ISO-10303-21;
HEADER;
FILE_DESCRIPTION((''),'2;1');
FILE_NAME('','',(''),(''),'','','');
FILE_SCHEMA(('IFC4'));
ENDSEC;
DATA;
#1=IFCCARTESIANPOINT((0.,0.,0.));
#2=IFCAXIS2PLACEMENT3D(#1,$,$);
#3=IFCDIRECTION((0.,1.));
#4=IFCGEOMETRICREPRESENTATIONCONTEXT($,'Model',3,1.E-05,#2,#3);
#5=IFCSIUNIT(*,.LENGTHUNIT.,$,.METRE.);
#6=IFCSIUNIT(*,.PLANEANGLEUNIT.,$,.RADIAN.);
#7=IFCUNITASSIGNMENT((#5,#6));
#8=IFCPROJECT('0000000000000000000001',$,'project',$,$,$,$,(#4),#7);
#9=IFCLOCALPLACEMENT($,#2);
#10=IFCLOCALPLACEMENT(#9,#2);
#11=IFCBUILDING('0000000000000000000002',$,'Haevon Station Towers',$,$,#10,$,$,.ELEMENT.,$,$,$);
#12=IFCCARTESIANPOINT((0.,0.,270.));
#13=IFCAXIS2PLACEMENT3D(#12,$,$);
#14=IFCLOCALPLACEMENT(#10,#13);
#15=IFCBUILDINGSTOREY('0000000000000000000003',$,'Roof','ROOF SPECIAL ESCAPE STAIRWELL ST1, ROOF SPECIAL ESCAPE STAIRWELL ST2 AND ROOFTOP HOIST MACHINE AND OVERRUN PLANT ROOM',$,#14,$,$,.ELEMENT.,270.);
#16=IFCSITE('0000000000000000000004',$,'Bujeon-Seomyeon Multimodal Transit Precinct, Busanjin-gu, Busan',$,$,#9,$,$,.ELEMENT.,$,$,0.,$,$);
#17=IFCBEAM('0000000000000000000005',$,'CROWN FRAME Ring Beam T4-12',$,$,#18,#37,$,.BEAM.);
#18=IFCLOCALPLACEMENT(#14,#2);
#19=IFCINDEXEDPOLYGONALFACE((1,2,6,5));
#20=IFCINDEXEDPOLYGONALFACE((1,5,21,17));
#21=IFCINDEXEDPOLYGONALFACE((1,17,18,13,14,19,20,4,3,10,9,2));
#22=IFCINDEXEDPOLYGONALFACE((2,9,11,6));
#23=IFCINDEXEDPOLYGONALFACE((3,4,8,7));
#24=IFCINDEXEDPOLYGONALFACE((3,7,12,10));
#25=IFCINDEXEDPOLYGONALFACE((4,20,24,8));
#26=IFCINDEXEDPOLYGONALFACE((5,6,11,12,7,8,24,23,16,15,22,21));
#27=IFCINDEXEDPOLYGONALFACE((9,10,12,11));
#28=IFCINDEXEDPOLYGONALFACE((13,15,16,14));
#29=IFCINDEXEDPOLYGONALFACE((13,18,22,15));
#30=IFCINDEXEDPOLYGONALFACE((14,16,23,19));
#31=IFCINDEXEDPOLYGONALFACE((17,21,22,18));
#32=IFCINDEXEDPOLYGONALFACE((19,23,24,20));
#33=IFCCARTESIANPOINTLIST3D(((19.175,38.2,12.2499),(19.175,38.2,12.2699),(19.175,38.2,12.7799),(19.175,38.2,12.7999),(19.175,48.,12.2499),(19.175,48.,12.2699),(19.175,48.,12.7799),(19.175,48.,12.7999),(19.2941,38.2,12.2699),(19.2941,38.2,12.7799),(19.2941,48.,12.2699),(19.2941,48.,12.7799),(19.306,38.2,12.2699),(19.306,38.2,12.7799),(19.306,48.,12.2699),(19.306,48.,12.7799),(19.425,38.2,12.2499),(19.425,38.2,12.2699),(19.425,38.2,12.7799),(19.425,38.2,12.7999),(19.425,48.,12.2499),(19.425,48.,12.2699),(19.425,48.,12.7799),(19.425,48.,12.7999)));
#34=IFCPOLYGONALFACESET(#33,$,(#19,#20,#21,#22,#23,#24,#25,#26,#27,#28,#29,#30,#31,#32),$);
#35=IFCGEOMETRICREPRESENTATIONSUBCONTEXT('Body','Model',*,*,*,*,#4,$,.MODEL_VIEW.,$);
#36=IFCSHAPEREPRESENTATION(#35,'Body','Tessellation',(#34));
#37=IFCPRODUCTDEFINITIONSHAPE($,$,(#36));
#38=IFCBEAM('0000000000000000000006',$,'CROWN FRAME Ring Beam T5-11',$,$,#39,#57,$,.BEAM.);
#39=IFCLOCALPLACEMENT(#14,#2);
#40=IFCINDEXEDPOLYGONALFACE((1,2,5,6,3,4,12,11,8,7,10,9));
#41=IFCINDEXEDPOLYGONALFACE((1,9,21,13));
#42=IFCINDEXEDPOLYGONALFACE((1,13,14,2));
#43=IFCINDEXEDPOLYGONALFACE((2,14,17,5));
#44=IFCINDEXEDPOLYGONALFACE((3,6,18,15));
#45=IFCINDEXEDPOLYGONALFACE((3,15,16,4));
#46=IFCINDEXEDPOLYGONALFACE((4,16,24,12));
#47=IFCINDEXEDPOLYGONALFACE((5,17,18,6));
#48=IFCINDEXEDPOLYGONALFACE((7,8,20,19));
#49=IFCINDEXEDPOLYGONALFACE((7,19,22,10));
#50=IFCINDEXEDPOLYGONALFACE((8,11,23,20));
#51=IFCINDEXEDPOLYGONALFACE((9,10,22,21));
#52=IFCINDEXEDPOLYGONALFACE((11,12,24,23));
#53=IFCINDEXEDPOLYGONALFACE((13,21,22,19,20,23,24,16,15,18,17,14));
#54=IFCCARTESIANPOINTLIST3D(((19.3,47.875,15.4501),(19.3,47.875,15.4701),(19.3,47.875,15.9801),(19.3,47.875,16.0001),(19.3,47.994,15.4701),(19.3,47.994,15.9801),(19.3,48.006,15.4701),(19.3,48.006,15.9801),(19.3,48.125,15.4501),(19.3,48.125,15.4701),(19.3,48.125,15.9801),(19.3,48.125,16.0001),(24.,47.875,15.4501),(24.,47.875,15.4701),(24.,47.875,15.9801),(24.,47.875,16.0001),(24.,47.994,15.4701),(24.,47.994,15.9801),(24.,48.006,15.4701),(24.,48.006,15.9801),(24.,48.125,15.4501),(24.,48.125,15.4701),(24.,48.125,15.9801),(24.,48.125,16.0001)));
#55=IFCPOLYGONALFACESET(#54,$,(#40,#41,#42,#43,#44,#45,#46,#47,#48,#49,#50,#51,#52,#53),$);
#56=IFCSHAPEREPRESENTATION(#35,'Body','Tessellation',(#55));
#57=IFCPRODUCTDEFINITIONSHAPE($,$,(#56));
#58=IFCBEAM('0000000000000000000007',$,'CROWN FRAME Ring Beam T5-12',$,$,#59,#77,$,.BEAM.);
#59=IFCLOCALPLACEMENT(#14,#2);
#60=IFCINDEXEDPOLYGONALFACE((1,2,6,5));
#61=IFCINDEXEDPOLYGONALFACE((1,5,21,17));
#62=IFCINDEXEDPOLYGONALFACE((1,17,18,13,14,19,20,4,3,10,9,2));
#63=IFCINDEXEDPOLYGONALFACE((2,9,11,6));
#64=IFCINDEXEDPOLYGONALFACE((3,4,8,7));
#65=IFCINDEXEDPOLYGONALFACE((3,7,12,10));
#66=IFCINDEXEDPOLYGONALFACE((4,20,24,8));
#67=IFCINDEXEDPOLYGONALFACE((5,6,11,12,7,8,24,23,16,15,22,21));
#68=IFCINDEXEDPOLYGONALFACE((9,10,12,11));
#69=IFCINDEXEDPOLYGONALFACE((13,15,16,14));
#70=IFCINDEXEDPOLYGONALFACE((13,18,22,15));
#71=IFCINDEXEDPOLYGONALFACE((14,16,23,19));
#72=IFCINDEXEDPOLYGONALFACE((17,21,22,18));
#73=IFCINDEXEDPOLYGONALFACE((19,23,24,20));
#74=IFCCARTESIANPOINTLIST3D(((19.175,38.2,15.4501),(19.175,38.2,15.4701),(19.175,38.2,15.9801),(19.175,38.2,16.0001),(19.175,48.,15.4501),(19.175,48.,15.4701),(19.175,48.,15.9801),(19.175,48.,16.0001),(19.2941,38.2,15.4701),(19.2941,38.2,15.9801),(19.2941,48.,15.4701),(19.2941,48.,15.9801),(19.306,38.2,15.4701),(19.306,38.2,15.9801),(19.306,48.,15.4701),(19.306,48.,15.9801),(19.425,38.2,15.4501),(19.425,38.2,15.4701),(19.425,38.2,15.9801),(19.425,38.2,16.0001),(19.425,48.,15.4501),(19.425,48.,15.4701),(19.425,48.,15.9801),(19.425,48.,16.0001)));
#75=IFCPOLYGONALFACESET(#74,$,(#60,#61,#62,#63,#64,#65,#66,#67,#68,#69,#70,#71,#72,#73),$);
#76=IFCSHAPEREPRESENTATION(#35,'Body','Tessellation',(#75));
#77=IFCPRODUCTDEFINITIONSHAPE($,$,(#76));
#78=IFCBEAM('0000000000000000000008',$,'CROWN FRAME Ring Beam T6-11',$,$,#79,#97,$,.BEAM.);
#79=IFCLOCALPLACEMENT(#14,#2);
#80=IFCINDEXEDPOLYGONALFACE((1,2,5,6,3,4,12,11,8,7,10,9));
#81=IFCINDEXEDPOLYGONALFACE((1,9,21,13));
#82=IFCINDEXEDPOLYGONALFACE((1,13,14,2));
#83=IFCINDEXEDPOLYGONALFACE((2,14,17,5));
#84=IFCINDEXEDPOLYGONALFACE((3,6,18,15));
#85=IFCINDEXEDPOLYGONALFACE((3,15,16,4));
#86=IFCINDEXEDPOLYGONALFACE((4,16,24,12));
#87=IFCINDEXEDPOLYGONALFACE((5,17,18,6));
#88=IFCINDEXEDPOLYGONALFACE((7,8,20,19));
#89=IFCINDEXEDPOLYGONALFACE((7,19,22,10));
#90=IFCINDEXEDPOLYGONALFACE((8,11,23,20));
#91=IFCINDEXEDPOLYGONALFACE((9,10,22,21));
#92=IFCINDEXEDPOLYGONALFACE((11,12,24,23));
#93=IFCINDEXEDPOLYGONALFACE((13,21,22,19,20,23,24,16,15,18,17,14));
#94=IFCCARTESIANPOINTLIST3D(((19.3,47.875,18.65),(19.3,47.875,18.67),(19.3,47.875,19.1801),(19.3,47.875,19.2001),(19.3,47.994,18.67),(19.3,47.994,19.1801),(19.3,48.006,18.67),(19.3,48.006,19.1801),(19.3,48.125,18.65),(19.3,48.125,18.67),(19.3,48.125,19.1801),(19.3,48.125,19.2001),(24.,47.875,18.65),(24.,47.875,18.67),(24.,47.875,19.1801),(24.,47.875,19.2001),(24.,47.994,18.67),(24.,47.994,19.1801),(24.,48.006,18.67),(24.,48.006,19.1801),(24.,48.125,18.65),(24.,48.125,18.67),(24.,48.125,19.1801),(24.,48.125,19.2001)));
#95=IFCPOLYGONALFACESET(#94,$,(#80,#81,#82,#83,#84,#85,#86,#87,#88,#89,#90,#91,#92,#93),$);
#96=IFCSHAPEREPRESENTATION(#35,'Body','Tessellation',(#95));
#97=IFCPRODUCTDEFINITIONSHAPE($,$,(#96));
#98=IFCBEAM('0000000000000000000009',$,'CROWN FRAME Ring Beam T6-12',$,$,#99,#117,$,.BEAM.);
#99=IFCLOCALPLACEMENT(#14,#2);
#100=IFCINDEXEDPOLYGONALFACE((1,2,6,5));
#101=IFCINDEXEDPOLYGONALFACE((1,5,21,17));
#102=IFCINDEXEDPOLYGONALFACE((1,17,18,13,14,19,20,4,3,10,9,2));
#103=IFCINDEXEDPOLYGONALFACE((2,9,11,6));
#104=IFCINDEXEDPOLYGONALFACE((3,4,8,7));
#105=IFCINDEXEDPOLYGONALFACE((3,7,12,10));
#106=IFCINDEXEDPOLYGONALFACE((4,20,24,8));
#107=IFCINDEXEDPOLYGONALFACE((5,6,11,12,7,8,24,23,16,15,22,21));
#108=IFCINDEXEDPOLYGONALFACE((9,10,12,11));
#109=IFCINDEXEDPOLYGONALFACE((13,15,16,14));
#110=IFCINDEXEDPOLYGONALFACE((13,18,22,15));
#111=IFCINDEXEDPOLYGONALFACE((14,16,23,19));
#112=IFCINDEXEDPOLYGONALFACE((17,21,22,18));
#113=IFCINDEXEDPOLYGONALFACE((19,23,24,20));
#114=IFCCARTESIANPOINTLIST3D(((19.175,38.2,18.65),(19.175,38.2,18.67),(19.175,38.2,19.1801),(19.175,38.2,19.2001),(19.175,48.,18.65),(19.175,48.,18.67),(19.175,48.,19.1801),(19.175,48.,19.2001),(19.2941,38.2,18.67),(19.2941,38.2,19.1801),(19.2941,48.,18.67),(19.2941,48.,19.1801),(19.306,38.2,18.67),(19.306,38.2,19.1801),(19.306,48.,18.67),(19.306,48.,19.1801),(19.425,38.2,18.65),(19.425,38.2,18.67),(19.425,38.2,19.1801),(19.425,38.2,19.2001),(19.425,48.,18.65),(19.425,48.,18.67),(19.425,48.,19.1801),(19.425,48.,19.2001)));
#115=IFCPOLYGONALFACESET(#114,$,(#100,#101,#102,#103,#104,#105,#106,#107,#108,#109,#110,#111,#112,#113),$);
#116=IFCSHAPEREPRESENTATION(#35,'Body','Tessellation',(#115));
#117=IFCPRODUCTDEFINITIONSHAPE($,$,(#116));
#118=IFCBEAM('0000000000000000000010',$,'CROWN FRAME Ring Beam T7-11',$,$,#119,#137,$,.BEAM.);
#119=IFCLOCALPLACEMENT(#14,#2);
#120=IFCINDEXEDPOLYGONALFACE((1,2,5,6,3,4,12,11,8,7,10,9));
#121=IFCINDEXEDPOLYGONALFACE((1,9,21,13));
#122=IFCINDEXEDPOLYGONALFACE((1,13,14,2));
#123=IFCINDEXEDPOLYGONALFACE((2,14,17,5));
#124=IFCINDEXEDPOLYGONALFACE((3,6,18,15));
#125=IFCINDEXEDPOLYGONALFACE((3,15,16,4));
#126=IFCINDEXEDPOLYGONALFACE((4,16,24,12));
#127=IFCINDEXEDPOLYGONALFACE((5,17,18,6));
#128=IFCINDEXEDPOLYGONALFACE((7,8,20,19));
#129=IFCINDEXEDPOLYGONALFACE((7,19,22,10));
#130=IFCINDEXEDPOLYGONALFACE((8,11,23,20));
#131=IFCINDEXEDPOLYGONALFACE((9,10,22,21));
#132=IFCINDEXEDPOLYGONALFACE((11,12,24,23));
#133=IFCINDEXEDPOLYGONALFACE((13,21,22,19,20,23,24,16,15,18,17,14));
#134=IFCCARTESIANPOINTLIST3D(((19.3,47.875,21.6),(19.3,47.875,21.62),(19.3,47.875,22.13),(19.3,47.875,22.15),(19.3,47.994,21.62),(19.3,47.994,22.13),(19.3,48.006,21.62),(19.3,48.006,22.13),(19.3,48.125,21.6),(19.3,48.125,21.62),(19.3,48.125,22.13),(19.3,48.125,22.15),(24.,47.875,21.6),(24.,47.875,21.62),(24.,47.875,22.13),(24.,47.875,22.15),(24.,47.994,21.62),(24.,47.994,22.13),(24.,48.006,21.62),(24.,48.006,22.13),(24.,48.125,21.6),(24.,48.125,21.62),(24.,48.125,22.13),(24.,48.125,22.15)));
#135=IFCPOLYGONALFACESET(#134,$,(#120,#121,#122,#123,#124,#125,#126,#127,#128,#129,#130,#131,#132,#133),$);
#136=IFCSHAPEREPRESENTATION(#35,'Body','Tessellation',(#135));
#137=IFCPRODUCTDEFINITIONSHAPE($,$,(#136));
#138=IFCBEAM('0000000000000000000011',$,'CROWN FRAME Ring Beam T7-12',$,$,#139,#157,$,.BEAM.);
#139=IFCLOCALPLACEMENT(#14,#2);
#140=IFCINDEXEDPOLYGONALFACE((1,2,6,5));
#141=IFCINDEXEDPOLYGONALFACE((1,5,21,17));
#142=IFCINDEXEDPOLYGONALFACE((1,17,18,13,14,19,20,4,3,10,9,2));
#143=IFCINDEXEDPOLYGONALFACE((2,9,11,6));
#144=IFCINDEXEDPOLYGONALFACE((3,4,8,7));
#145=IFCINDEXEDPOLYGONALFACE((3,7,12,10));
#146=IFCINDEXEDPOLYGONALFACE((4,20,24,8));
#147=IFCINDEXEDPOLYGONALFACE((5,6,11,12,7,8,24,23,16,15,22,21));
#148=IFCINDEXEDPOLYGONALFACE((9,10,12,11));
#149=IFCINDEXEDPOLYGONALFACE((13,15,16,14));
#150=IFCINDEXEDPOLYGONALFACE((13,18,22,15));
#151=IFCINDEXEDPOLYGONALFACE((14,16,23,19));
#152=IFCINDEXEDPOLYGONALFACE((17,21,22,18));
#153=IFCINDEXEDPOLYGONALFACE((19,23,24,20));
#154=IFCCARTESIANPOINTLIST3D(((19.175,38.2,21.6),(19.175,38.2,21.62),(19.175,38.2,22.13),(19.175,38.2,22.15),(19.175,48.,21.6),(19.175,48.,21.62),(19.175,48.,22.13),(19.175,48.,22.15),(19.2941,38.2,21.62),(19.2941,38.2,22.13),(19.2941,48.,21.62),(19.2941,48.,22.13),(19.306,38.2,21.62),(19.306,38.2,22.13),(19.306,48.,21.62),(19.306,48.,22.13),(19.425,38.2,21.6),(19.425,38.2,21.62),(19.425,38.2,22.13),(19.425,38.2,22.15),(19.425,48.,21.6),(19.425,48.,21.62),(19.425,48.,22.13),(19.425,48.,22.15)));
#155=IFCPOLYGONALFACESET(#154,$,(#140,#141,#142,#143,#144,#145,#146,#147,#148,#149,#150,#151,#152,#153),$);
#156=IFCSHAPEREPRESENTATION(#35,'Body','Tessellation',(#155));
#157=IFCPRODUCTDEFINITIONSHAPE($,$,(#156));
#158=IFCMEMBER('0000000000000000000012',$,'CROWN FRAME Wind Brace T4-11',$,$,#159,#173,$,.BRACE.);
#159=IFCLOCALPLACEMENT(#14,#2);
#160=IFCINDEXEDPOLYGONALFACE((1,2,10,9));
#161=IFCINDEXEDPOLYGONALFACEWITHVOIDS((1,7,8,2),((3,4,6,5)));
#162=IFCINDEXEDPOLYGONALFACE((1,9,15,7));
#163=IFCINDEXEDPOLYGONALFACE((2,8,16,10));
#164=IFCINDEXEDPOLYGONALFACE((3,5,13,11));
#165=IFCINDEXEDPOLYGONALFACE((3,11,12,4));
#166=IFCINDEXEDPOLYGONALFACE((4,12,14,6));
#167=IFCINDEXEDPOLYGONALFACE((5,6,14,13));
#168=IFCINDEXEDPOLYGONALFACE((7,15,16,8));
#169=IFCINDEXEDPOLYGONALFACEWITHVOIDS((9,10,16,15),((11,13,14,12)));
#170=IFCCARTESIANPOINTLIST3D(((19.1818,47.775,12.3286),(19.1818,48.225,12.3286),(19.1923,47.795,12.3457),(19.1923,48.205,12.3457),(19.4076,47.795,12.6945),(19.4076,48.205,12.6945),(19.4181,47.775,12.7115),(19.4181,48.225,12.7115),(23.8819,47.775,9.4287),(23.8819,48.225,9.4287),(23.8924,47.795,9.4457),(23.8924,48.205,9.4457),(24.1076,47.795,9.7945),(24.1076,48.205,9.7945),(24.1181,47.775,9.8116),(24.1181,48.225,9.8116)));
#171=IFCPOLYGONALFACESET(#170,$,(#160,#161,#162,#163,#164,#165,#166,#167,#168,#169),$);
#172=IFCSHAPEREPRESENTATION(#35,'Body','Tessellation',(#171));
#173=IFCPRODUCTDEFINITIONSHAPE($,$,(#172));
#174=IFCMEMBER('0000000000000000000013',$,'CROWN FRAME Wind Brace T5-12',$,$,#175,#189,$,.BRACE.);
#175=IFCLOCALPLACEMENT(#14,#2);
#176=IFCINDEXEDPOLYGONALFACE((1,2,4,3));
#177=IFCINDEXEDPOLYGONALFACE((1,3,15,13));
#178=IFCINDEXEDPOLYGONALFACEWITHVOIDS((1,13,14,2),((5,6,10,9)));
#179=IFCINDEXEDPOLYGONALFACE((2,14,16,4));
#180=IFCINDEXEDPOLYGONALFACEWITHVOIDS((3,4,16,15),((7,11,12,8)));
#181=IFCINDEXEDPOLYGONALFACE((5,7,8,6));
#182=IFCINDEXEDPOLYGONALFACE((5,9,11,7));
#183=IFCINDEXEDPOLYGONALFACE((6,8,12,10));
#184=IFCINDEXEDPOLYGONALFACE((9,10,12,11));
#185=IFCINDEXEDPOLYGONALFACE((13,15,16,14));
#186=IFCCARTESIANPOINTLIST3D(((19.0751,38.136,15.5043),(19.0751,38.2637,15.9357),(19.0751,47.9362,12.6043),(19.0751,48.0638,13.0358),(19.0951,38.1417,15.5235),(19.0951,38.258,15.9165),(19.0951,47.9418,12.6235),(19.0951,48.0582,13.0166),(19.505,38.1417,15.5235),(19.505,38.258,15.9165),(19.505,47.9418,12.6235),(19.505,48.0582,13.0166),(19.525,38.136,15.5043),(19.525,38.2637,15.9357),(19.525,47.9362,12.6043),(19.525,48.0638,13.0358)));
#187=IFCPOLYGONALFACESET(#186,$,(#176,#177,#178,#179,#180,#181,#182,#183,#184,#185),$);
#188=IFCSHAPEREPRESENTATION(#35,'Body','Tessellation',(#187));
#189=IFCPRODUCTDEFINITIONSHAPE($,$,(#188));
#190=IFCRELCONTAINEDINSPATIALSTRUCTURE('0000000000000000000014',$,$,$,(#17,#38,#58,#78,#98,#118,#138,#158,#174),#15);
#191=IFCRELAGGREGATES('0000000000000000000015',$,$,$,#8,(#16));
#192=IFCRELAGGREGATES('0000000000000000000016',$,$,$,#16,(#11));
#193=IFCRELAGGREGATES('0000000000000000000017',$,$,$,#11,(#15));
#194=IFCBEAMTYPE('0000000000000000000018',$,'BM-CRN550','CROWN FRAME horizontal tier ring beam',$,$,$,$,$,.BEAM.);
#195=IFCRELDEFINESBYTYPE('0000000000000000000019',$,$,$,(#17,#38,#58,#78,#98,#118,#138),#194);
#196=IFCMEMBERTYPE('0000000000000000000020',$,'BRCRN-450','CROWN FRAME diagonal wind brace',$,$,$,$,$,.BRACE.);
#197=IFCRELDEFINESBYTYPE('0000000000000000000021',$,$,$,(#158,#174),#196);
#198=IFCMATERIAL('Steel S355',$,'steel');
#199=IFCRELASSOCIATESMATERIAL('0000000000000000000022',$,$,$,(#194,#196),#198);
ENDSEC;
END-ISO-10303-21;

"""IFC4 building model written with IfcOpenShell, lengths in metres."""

from ifc_helpers import new_model, si_unit, direction, frame, origin, origin_2d, place, context, subcontext, project, spatial, hollow_rectangle, i_section, extrude, material, material_profile, profile_set, type_object, element, save


model = new_model("IFC4")

# Units and contexts
model_context = context("Model", 3, precision=1e-05, world=origin(), true_north=direction((0.0, 1.0)))
body_context = subcontext(model_context, "Body", "Model", "MODEL_VIEW")
ifc_project = project(units=[si_unit("LENGTHUNIT", "METRE"), si_unit("PLANEANGLEUNIT", "RADIAN")], contexts=[model_context])

# Site, building, storey
site_placement = place(None, origin())
site = spatial("IfcSite", under=ifc_project, at=site_placement, Name="Bujeon-Seomyeon Multimodal Transit Precinct, Busanjin-gu, Busan", CompositionType="ELEMENT", RefElevation=0.0)
building_placement = place(site_placement, origin())
building = spatial("IfcBuilding", under=site, at=building_placement, Name="Haevon Station Towers", CompositionType="ELEMENT")
storey_placement = place(building_placement, frame((0.0, 0.0, 270.0)))
storey = spatial("IfcBuildingStorey", under=building, at=storey_placement, Name="Roof", Description="ROOF SPECIAL ESCAPE STAIRWELL ST1, ROOF SPECIAL ESCAPE STAIRWELL ST2 AND ROOFTOP HOIST MACHINE AND OVERRUN PLANT ROOM", CompositionType="ELEMENT", Elevation=270.0)

# Shared definitions
ifc_material_1 = material(Name="Steel S355", Category="steel")

# Beams
ifc_material_profile_1 = material_profile(ifc_material_1, i_section(OverallWidth=0.25, OverallDepth=0.55, WebThickness=0.012, FlangeThickness=0.02, at=origin_2d()), Name="H-550x250x12x20")
ifc_profile_set_1 = profile_set([ifc_material_profile_1], Name="Steel S355")
beam_type = type_object("IfcBeamType", Name="BM-CRN550", Description="CROWN FRAME horizontal tier ring beam", PredefinedType="BEAM", material=ifc_profile_set_1)
beam_1_placement = place(storey_placement, frame((19.3, 48.0, 12.5249), z_axis=(0.0, -1.0, 0.0), x_axis=(1.0, 0.0, 0.0)))
element("IfcBeam", 1, at=beam_1_placement, inside=storey, type_object=beam_type, Name="CROWN FRAME Ring Beam T4-12", PredefinedType="BEAM", context=body_context, shape_type="SweptSolid", body=[
    extrude(i_section(OverallWidth=0.25, OverallDepth=0.55, WebThickness=0.012, FlangeThickness=0.02, at=origin_2d()), origin(), (0.0, 0.0, 1.0), 9.8),
])
beam_2_placement = place(storey_placement, frame((24.0, 48.0, 15.7251), z_axis=(-1.0, 0.0, 0.0), x_axis=(0.0, -1.0, 0.0)))
element("IfcBeam", 2, at=beam_2_placement, inside=storey, type_object=beam_type, Name="CROWN FRAME Ring Beam T5-11", PredefinedType="BEAM", context=body_context, shape_type="SweptSolid", body=[
    extrude(i_section(OverallWidth=0.25, OverallDepth=0.55, WebThickness=0.012, FlangeThickness=0.02, at=origin_2d()), origin(), (0.0, 0.0, 1.0), 4.7),
])
beam_3_placement = place(storey_placement, frame((19.3, 48.0, 15.7251), z_axis=(0.0, -1.0, 0.0), x_axis=(1.0, 0.0, 0.0)))
element("IfcBeam", 3, at=beam_3_placement, inside=storey, type_object=beam_type, Name="CROWN FRAME Ring Beam T5-12", PredefinedType="BEAM", context=body_context, shape_type="SweptSolid", body=[
    extrude(i_section(OverallWidth=0.25, OverallDepth=0.55, WebThickness=0.012, FlangeThickness=0.02, at=origin_2d()), origin(), (0.0, 0.0, 1.0), 9.8),
])
beam_4_placement = place(storey_placement, frame((24.0, 48.0, 18.925), z_axis=(-1.0, 0.0, 0.0), x_axis=(0.0, -1.0, 0.0)))
element("IfcBeam", 4, at=beam_4_placement, inside=storey, type_object=beam_type, Name="CROWN FRAME Ring Beam T6-11", PredefinedType="BEAM", context=body_context, shape_type="SweptSolid", body=[
    extrude(i_section(OverallWidth=0.25, OverallDepth=0.55, WebThickness=0.012, FlangeThickness=0.02, at=origin_2d()), origin(), (0.0, 0.0, 1.0), 4.7),
])
beam_5_placement = place(storey_placement, frame((19.3, 48.0, 18.925), z_axis=(0.0, -1.0, 0.0), x_axis=(1.0, 0.0, 0.0)))
element("IfcBeam", 5, at=beam_5_placement, inside=storey, type_object=beam_type, Name="CROWN FRAME Ring Beam T6-12", PredefinedType="BEAM", context=body_context, shape_type="SweptSolid", body=[
    extrude(i_section(OverallWidth=0.25, OverallDepth=0.55, WebThickness=0.012, FlangeThickness=0.02, at=origin_2d()), origin(), (0.0, 0.0, 1.0), 9.8),
])
beam_6_placement = place(storey_placement, frame((24.0, 48.0, 21.875), z_axis=(-1.0, 0.0, 0.0), x_axis=(0.0, -1.0, 0.0)))
element("IfcBeam", 6, at=beam_6_placement, inside=storey, type_object=beam_type, Name="CROWN FRAME Ring Beam T7-11", PredefinedType="BEAM", context=body_context, shape_type="SweptSolid", body=[
    extrude(i_section(OverallWidth=0.25, OverallDepth=0.55, WebThickness=0.012, FlangeThickness=0.02, at=origin_2d()), origin(), (0.0, 0.0, 1.0), 4.7),
])
beam_7_placement = place(storey_placement, frame((19.3, 48.0, 21.875), z_axis=(0.0, -1.0, 0.0), x_axis=(1.0, 0.0, 0.0)))
element("IfcBeam", 7, at=beam_7_placement, inside=storey, type_object=beam_type, Name="CROWN FRAME Ring Beam T7-12", PredefinedType="BEAM", context=body_context, shape_type="SweptSolid", body=[
    extrude(i_section(OverallWidth=0.25, OverallDepth=0.55, WebThickness=0.012, FlangeThickness=0.02, at=origin_2d()), origin(), (0.0, 0.0, 1.0), 9.8),
])

# Members
ifc_material_profile_2 = material_profile(ifc_material_1, hollow_rectangle(XDim=0.45, YDim=0.45, WallThickness=0.02, at=origin_2d()), Name="RHS-450x450x20")
ifc_profile_set_2 = profile_set([ifc_material_profile_2], Name="Steel S355")
member_type_1 = type_object("IfcMemberType", Name="BRCRN-450", Description="CROWN FRAME diagonal wind brace", PredefinedType="BRACE", material=ifc_profile_set_2)
member_1_placement = place(storey_placement, frame((24.0, 48.0, 9.6201), z_axis=(-0.851041, 0.0, 0.525098), x_axis=(0.0, -1.0, 0.0)))
element("IfcMember", 8, at=member_1_placement, inside=storey, type_object=member_type_1, Name="CROWN FRAME Wind Brace T4-11", PredefinedType="BRACE", context=body_context, shape_type="SweptSolid", body=[
    extrude(hollow_rectangle(XDim=0.45, YDim=0.45, WallThickness=0.02, at=origin_2d()), origin(), (0.0, 0.0, 1.0), 5.5227),
])
member_2_placement = place(storey_placement, frame((19.3, 48.0, 12.8201), z_axis=(0.0, -0.9589, 0.283745), x_axis=(1.0, 0.0, 0.0)))
element("IfcMember", 9, at=member_2_placement, inside=storey, type_object=member_type_1, Name="CROWN FRAME Wind Brace T5-12", PredefinedType="BRACE", context=body_context, shape_type="SweptSolid", body=[
    extrude(hollow_rectangle(XDim=0.45, YDim=0.45, WallThickness=0.02, at=origin_2d()), origin(), (0.0, 0.0, 1.0), 10.2202),
])

save(model, "model.ifc")
